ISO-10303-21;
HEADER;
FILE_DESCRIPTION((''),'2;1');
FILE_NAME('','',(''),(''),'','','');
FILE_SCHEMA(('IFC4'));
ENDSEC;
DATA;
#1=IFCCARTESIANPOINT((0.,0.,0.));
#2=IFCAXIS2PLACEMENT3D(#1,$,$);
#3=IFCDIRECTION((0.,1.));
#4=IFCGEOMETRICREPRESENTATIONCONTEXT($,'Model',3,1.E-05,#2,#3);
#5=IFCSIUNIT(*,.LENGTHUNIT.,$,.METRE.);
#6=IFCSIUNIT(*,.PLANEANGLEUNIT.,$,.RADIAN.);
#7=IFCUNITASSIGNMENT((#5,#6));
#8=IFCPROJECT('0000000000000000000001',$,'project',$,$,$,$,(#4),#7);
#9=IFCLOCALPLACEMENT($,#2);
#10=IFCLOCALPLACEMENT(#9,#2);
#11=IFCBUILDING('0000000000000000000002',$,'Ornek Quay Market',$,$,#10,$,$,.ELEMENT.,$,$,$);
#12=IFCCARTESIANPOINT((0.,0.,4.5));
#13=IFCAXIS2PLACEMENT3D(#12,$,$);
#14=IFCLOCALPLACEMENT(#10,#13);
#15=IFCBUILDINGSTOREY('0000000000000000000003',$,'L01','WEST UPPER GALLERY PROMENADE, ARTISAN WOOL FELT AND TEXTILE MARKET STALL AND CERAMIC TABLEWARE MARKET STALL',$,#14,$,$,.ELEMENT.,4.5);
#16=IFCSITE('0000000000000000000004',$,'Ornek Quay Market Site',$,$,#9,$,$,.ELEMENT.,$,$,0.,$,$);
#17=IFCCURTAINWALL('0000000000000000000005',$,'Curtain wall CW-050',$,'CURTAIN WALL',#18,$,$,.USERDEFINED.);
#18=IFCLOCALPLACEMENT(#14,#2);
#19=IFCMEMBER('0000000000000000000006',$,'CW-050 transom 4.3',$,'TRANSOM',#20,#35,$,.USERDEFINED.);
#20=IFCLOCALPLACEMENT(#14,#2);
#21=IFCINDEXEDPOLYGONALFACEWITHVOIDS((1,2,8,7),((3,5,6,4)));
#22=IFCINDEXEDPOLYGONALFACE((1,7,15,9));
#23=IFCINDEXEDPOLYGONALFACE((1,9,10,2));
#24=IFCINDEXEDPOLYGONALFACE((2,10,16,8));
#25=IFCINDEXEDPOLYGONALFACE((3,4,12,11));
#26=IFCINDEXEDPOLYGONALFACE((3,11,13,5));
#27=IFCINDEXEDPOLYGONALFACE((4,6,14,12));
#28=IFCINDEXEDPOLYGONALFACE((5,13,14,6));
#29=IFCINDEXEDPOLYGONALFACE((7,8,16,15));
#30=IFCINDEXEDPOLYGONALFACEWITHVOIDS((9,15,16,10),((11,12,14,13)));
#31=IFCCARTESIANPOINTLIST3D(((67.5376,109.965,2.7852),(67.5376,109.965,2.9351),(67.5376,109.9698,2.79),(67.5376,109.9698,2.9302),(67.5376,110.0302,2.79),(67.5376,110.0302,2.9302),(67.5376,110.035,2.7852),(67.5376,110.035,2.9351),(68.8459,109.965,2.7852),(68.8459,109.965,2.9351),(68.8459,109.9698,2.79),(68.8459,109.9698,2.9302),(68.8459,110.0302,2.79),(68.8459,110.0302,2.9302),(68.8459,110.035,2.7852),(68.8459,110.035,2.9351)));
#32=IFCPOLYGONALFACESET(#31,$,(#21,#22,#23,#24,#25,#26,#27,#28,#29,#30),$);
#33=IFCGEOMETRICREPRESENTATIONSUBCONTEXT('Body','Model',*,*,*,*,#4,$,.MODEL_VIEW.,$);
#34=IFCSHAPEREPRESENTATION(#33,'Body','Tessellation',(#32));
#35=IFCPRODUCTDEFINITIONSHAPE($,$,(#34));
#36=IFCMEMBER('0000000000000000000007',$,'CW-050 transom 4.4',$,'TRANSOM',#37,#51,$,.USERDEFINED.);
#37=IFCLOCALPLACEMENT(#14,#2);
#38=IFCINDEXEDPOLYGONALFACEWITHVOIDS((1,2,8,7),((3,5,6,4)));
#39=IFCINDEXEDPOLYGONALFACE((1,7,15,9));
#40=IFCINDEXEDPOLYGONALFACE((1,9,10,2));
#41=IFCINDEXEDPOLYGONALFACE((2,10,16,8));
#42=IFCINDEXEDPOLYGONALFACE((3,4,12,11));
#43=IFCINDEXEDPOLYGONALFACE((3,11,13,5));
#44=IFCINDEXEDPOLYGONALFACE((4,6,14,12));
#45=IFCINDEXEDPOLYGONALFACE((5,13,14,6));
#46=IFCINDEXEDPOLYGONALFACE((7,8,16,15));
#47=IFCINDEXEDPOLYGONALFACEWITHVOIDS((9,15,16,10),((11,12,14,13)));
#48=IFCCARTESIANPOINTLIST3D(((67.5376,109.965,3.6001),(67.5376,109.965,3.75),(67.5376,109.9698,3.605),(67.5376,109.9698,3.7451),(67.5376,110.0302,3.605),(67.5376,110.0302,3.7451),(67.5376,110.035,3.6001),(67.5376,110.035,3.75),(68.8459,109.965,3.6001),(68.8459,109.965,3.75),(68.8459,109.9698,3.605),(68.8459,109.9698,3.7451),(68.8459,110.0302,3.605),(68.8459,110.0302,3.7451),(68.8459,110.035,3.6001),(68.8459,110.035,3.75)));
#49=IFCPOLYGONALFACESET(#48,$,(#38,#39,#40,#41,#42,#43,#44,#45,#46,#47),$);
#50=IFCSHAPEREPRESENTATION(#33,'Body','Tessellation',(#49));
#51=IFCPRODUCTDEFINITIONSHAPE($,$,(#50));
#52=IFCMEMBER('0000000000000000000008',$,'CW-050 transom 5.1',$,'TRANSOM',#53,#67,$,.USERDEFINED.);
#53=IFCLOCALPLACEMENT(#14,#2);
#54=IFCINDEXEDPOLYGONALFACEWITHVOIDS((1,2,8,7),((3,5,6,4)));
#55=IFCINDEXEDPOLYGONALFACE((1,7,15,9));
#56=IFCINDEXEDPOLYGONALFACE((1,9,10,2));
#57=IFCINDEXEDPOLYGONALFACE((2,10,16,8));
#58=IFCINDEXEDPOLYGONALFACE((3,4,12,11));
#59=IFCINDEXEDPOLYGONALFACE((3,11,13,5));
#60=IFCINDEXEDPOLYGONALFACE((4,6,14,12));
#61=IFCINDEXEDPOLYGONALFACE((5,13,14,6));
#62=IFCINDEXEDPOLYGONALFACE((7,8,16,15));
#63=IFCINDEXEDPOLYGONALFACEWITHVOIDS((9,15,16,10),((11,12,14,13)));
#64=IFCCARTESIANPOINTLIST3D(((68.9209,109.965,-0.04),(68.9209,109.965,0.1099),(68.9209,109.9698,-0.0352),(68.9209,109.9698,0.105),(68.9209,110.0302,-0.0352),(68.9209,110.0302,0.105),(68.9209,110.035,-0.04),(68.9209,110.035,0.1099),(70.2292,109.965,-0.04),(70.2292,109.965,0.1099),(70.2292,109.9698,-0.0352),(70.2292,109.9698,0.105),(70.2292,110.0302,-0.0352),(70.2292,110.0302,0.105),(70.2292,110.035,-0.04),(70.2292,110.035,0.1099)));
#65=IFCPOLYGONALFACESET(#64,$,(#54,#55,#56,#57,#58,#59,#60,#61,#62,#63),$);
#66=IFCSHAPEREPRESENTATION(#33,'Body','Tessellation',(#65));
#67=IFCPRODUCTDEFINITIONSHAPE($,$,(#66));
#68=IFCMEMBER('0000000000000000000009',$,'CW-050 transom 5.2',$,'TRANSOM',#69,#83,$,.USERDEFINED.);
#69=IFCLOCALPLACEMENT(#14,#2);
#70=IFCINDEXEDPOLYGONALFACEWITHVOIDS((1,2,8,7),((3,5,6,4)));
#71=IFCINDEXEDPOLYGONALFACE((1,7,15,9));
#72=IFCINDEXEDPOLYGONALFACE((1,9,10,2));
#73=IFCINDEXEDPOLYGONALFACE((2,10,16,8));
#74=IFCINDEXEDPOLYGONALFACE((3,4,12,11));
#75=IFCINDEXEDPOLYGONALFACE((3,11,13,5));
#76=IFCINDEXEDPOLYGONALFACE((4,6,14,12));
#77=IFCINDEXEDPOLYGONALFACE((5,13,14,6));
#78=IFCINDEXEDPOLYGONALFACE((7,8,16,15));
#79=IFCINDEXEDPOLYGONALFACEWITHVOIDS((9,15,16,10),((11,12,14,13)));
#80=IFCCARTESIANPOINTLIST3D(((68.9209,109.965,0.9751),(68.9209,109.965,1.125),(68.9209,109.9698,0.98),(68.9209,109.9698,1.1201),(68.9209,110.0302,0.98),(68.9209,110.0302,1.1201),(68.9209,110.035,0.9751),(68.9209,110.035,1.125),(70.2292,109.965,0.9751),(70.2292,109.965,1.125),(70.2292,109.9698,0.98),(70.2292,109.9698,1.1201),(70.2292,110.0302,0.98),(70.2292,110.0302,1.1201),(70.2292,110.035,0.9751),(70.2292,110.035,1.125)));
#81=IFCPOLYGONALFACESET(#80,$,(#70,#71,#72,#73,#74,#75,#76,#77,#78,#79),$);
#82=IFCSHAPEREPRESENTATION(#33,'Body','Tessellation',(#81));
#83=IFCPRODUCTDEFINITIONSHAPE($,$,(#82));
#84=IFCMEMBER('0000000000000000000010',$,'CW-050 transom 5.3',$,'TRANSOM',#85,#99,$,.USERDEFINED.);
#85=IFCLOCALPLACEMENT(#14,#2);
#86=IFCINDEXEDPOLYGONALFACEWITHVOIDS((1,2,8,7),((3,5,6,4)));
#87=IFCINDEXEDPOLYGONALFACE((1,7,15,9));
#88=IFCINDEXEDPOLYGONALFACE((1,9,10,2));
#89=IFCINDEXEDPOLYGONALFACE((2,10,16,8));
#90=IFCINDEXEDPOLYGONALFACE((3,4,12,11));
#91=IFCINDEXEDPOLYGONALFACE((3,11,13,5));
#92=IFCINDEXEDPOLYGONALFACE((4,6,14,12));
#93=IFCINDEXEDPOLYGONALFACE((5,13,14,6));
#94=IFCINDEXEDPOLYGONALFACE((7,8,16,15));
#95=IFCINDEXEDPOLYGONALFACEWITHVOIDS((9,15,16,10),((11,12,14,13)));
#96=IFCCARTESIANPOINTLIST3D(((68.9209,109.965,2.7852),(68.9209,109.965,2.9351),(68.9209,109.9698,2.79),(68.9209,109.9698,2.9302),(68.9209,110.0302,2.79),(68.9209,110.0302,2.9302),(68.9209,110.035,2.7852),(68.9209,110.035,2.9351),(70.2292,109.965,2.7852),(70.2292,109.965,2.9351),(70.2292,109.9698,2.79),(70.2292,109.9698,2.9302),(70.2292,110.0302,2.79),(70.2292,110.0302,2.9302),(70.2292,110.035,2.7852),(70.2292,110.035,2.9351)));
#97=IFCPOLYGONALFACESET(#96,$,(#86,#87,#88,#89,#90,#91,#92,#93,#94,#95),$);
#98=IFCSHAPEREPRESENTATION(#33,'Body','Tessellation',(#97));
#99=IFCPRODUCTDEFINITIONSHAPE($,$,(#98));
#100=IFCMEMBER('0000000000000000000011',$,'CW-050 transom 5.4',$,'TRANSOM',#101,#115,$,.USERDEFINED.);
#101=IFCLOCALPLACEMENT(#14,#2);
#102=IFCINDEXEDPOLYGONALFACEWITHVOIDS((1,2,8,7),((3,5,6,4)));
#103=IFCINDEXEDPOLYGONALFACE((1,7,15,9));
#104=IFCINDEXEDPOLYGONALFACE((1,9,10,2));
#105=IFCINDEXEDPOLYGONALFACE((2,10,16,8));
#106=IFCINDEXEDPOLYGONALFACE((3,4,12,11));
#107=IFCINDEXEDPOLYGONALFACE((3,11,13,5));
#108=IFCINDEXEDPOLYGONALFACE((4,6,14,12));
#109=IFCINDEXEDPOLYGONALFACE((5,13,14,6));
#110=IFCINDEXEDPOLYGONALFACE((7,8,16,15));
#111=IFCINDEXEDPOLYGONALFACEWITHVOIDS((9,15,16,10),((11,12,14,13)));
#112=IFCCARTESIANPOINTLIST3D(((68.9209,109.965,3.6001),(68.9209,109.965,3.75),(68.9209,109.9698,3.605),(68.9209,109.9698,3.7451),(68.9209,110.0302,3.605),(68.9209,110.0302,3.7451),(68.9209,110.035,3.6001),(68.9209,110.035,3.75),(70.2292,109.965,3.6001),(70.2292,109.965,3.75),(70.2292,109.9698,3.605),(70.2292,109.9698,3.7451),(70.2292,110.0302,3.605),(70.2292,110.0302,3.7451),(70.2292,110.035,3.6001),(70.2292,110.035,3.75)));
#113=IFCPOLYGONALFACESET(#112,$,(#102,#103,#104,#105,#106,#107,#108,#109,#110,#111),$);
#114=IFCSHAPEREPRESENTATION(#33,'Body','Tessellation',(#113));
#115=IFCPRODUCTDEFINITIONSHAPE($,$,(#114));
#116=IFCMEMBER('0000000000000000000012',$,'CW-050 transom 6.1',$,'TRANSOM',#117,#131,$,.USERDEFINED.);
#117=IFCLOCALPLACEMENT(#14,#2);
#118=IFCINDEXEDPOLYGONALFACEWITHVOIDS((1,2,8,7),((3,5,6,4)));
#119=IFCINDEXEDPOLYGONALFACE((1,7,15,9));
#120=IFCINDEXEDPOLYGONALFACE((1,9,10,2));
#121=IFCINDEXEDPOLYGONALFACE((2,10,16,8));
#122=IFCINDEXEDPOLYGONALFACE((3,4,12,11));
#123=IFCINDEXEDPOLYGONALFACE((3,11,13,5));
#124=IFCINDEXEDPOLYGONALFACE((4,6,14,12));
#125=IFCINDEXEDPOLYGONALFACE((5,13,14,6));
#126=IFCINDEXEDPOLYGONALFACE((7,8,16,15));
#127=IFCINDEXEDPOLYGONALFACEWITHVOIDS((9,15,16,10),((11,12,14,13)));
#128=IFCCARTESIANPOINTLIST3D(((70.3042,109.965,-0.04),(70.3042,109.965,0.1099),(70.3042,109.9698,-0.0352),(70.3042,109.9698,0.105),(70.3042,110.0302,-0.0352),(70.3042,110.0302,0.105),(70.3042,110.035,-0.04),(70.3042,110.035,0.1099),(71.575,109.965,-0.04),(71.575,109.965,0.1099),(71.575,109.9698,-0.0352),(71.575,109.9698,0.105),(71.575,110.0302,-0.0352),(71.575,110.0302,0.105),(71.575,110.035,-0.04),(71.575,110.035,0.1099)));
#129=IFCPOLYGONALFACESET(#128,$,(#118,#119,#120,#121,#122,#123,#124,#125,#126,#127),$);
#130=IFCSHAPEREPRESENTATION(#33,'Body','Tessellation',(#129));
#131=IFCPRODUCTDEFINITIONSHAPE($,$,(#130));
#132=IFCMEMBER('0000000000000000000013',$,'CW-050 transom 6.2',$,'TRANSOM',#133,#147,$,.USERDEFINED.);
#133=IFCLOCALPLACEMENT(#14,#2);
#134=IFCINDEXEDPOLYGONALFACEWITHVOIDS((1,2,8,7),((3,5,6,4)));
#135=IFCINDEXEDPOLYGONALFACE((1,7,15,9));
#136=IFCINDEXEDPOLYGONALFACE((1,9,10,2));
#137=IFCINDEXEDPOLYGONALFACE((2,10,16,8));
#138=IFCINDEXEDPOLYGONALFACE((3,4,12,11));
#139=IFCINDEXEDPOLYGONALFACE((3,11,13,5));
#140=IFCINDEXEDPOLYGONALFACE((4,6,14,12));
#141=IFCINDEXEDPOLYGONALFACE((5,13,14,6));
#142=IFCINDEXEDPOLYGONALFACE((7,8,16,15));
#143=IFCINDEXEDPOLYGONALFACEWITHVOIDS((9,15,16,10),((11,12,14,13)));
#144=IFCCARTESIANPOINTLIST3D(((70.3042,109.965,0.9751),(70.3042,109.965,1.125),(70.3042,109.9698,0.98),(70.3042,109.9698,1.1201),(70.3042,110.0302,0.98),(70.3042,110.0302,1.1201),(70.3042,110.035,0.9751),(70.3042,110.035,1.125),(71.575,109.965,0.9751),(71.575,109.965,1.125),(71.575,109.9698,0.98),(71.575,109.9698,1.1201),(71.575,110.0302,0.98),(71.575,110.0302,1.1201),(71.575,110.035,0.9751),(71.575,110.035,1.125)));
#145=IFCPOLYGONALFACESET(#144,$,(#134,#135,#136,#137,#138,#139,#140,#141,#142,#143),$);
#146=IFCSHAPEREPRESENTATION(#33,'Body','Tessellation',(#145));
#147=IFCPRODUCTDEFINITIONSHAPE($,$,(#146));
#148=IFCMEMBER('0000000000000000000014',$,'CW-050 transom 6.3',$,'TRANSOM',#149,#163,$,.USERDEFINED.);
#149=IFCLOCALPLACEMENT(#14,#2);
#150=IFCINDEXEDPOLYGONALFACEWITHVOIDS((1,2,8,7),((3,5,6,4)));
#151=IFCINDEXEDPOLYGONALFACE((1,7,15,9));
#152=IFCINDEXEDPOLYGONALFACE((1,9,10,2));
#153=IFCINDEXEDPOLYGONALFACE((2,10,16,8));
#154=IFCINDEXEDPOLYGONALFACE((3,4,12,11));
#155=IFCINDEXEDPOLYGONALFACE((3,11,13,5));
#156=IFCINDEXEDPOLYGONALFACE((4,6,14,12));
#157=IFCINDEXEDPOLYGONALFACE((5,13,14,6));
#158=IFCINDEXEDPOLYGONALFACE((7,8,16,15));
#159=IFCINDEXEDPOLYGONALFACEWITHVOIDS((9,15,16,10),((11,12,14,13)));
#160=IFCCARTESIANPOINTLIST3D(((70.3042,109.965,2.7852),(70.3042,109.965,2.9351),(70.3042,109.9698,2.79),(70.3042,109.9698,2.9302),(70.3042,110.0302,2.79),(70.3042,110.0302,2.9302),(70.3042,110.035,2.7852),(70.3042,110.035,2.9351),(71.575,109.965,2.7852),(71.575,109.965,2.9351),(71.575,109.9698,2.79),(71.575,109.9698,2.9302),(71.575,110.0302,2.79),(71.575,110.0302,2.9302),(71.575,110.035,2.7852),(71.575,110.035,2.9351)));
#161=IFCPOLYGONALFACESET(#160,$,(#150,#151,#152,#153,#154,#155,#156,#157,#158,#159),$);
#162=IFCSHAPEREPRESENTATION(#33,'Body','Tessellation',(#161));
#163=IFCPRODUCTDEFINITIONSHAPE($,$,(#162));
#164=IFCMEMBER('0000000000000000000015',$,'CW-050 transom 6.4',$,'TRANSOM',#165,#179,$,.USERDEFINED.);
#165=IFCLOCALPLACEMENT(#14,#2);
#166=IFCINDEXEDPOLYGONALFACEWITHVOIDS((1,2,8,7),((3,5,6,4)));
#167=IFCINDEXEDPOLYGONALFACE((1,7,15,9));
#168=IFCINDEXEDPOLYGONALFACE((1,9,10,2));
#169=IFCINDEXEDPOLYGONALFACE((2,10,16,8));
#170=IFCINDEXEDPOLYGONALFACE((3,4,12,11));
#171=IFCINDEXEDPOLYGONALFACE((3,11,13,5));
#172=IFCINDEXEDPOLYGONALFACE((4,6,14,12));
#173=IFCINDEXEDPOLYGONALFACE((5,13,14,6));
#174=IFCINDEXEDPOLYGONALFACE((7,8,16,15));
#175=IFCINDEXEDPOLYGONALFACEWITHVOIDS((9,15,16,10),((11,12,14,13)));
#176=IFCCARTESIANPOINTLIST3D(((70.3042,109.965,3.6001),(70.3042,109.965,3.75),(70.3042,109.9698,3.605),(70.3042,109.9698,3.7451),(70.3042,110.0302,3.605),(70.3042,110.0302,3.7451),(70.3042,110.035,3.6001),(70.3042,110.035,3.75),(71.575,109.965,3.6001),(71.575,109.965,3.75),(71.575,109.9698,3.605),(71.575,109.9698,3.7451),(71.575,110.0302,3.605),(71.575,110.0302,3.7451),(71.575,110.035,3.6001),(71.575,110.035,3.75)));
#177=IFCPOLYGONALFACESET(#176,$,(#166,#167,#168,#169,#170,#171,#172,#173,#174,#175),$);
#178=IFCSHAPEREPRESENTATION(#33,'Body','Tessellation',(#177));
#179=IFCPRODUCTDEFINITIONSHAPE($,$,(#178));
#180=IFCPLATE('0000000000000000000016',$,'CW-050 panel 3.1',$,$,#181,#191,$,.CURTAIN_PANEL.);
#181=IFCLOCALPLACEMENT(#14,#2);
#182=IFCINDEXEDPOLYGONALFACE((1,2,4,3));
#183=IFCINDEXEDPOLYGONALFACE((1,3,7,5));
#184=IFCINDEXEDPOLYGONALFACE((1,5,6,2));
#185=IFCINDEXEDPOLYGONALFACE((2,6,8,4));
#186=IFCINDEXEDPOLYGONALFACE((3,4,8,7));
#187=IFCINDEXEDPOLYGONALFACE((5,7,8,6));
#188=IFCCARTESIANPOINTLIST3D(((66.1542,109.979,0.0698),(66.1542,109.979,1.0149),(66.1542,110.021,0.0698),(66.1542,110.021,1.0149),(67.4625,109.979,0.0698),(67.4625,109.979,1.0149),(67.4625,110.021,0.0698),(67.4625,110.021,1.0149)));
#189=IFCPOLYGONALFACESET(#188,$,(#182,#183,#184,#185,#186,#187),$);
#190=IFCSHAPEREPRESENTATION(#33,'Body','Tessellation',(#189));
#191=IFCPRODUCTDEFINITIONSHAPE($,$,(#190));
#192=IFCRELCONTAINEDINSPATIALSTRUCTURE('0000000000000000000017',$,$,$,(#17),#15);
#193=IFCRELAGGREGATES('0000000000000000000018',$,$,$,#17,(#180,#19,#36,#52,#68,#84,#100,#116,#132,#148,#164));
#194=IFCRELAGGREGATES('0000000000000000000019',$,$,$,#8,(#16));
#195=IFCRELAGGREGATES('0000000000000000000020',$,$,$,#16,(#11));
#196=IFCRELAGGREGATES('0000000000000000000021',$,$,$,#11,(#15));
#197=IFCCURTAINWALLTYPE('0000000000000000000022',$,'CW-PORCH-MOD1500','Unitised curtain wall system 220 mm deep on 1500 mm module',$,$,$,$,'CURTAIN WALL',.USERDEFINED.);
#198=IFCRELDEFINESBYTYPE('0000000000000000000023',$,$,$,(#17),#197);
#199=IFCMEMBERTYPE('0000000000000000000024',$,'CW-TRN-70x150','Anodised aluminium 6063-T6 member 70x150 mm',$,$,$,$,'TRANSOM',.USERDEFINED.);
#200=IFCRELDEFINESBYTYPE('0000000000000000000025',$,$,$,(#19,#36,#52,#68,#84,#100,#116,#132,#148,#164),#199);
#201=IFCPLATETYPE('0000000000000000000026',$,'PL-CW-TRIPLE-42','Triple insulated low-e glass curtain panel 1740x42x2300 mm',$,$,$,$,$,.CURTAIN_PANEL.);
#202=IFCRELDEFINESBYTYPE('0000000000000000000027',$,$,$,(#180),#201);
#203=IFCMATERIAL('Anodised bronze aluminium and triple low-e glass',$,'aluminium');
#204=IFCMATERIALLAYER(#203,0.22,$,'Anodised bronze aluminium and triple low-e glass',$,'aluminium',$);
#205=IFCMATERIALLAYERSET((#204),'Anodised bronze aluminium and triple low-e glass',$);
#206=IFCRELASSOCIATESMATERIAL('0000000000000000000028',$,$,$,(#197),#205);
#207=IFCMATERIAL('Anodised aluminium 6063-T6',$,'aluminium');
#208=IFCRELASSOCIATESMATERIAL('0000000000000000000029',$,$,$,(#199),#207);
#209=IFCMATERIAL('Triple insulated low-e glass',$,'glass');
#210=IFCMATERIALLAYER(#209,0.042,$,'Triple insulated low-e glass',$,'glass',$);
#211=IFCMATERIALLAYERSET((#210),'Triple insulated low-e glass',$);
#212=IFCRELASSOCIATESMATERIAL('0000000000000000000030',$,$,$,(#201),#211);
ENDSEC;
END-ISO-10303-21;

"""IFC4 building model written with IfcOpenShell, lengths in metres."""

from ifc_helpers import new_model, si_unit, direction, frame, origin, origin_2d, place, context, subcontext, project, spatial, rectangle, hollow_rectangle, extrude, material, layer, layer_set, material_profile, profile_set, type_object, element, aggregate, save


model = new_model("IFC4")

# Units and contexts
model_context = context("Model", 3, precision=1e-05, world=origin(), true_north=direction((0.0, 1.0)))
body_context = subcontext(model_context, "Body", "Model", "MODEL_VIEW")
ifc_project = project(units=[si_unit("LENGTHUNIT", "METRE"), si_unit("PLANEANGLEUNIT", "RADIAN")], contexts=[model_context])

# Site, building, storey
site_placement = place(None, origin())
site = spatial("IfcSite", under=ifc_project, at=site_placement, Name="Ornek Quay Market Site", CompositionType="ELEMENT", RefElevation=0.0)
building_placement = place(site_placement, origin())
building = spatial("IfcBuilding", under=site, at=building_placement, Name="Ornek Quay Market", CompositionType="ELEMENT")
storey_placement = place(building_placement, frame((0.0, 0.0, 4.5)))
storey = spatial("IfcBuildingStorey", under=building, at=storey_placement, Name="L01", Description="WEST UPPER GALLERY PROMENADE, ARTISAN WOOL FELT AND TEXTILE MARKET STALL AND CERAMIC TABLEWARE MARKET STALL", CompositionType="ELEMENT", Elevation=4.5)

# Curtain wall, members, plate
ifc_material_1 = material(Name="Anodised bronze aluminium and triple low-e glass", Category="aluminium")
ifc_layer_1 = layer(ifc_material_1, 0.22, Name="Anodised bronze aluminium and triple low-e glass", Category="aluminium")
ifc_layer_set_1 = layer_set([ifc_layer_1], Name="Anodised bronze aluminium and triple low-e glass")
curtain_wall_type = type_object("IfcCurtainWallType", Name="CW-PORCH-MOD1500", Description="Unitised curtain wall system 220 mm deep on 1500 mm module", ElementType="CURTAIN WALL", PredefinedType="USERDEFINED", material=ifc_layer_set_1)
curtain_wall_placement = place(storey_placement, origin())
curtain_wall = element("IfcCurtainWall", 1, at=curtain_wall_placement, inside=storey, type_object=curtain_wall_type, Name="Curtain wall CW-050", ObjectType="CURTAIN WALL", PredefinedType="USERDEFINED")
ifc_material_2 = material(Name="Anodised aluminium 6063-T6", Category="aluminium")
ifc_material_profile_1 = material_profile(ifc_material_2, hollow_rectangle(XDim=0.0701, YDim=0.1499, WallThickness=0.0049, at=origin_2d()), Name="CW-TRN-70x150", Category="aluminium")
ifc_profile_set_1 = profile_set([ifc_material_profile_1], Name="Anodised aluminium 6063-T6")
member_type_1 = type_object("IfcMemberType", Name="CW-TRN-70x150", Description="Anodised aluminium 6063-T6 member 70x150 mm", ElementType="TRANSOM", PredefinedType="USERDEFINED", material=ifc_profile_set_1)
member_1_placement = place(storey_placement, frame((67.5376, 110.0, 2.8601), z_axis=(1.0, 0.0, 0.0), x_axis=(0.0, 1.0, 0.0)))
member_1 = element("IfcMember", 2, at=member_1_placement, type_object=member_type_1, Name="CW-050 transom 4.3", ObjectType="TRANSOM", PredefinedType="USERDEFINED", context=body_context, shape_type="SweptSolid", body=[
    extrude(hollow_rectangle(XDim=0.0701, YDim=0.1499, WallThickness=0.0049, at=origin_2d()), origin(), (0.0, 0.0, 1.0), 1.3083),
])
member_2_placement = place(storey_placement, frame((67.5376, 110.0, 3.675), z_axis=(1.0, 0.0, 0.0), x_axis=(0.0, 1.0, 0.0)))
member_2 = element("IfcMember", 3, at=member_2_placement, type_object=member_type_1, Name="CW-050 transom 4.4", ObjectType="TRANSOM", PredefinedType="USERDEFINED", context=body_context, shape_type="SweptSolid", body=[
    extrude(hollow_rectangle(XDim=0.0701, YDim=0.1499, WallThickness=0.0049, at=origin_2d()), origin(), (0.0, 0.0, 1.0), 1.3083),
])
member_3_placement = place(storey_placement, frame((68.9209, 110.0, 0.0349), z_axis=(1.0, 0.0, 0.0), x_axis=(0.0, 1.0, 0.0)))
member_3 = element("IfcMember", 4, at=member_3_placement, type_object=member_type_1, Name="CW-050 transom 5.1", ObjectType="TRANSOM", PredefinedType="USERDEFINED", context=body_context, shape_type="SweptSolid", body=[
    extrude(hollow_rectangle(XDim=0.0701, YDim=0.1499, WallThickness=0.0049, at=origin_2d()), origin(), (0.0, 0.0, 1.0), 1.3083),
])
member_4_placement = place(storey_placement, frame((68.9209, 110.0, 1.05), z_axis=(1.0, 0.0, 0.0), x_axis=(0.0, 1.0, 0.0)))
member_4 = element("IfcMember", 5, at=member_4_placement, type_object=member_type_1, Name="CW-050 transom 5.2", ObjectType="TRANSOM", PredefinedType="USERDEFINED", context=body_context, shape_type="SweptSolid", body=[
    extrude(hollow_rectangle(XDim=0.0701, YDim=0.1499, WallThickness=0.0049, at=origin_2d()), origin(), (0.0, 0.0, 1.0), 1.3083),
])
member_5_placement = place(storey_placement, frame((68.9209, 110.0, 2.8601), z_axis=(1.0, 0.0, 0.0), x_axis=(0.0, 1.0, 0.0)))
member_5 = element("IfcMember", 6, at=member_5_placement, type_object=member_type_1, Name="CW-050 transom 5.3", ObjectType="TRANSOM", PredefinedType="USERDEFINED", context=body_context, shape_type="SweptSolid", body=[
    extrude(hollow_rectangle(XDim=0.0701, YDim=0.1499, WallThickness=0.0049, at=origin_2d()), origin(), (0.0, 0.0, 1.0), 1.3083),
])
member_6_placement = place(storey_placement, frame((68.9209, 110.0, 3.675), z_axis=(1.0, 0.0, 0.0), x_axis=(0.0, 1.0, 0.0)))
member_6 = element("IfcMember", 7, at=member_6_placement, type_object=member_type_1, Name="CW-050 transom 5.4", ObjectType="TRANSOM", PredefinedType="USERDEFINED", context=body_context, shape_type="SweptSolid", body=[
    extrude(hollow_rectangle(XDim=0.0701, YDim=0.1499, WallThickness=0.0049, at=origin_2d()), origin(), (0.0, 0.0, 1.0), 1.3083),
])
member_7_placement = place(storey_placement, frame((70.3042, 110.0, 0.0349), z_axis=(1.0, 0.0, 0.0), x_axis=(0.0, 1.0, 0.0)))
member_7 = element("IfcMember", 8, at=member_7_placement, type_object=member_type_1, Name="CW-050 transom 6.1", ObjectType="TRANSOM", PredefinedType="USERDEFINED", context=body_context, shape_type="SweptSolid", body=[
    extrude(hollow_rectangle(XDim=0.0701, YDim=0.1499, WallThickness=0.0049, at=origin_2d()), origin(), (0.0, 0.0, 1.0), 1.2708),
])
member_8_placement = place(storey_placement, frame((70.3042, 110.0, 1.05), z_axis=(1.0, 0.0, 0.0), x_axis=(0.0, 1.0, 0.0)))
member_8 = element("IfcMember", 9, at=member_8_placement, type_object=member_type_1, Name="CW-050 transom 6.2", ObjectType="TRANSOM", PredefinedType="USERDEFINED", context=body_context, shape_type="SweptSolid", body=[
    extrude(hollow_rectangle(XDim=0.0701, YDim=0.1499, WallThickness=0.0049, at=origin_2d()), origin(), (0.0, 0.0, 1.0), 1.2708),
])
member_9_placement = place(storey_placement, frame((70.3042, 110.0, 2.8601), z_axis=(1.0, 0.0, 0.0), x_axis=(0.0, 1.0, 0.0)))
member_9 = element("IfcMember", 10, at=member_9_placement, type_object=member_type_1, Name="CW-050 transom 6.3", ObjectType="TRANSOM", PredefinedType="USERDEFINED", context=body_context, shape_type="SweptSolid", body=[
    extrude(hollow_rectangle(XDim=0.0701, YDim=0.1499, WallThickness=0.0049, at=origin_2d()), origin(), (0.0, 0.0, 1.0), 1.2708),
])
member_10_placement = place(storey_placement, frame((70.3042, 110.0, 3.675), z_axis=(1.0, 0.0, 0.0), x_axis=(0.0, 1.0, 0.0)))
member_10 = element("IfcMember", 11, at=member_10_placement, type_object=member_type_1, Name="CW-050 transom 6.4", ObjectType="TRANSOM", PredefinedType="USERDEFINED", context=body_context, shape_type="SweptSolid", body=[
    extrude(hollow_rectangle(XDim=0.0701, YDim=0.1499, WallThickness=0.0049, at=origin_2d()), origin(), (0.0, 0.0, 1.0), 1.2708),
])
ifc_material_3 = material(Name="Triple insulated low-e glass", Category="glass")
ifc_layer_2 = layer(ifc_material_3, 0.042, Name="Triple insulated low-e glass", Category="glass")
ifc_layer_set_2 = layer_set([ifc_layer_2], Name="Triple insulated low-e glass")
plate_type = type_object("IfcPlateType", Name="PL-CW-TRIPLE-42", Description="Triple insulated low-e glass curtain panel 1740x42x2300 mm", PredefinedType="CURTAIN_PANEL", material=ifc_layer_set_2)
plate_1_placement = place(storey_placement, frame((66.8083, 110.0, 0.0698), z_axis=(0.0, 0.0, 1.0), x_axis=(1.0, 0.0, 0.0)))
plate_1 = element("IfcPlate", 12, at=plate_1_placement, type_object=plate_type, Name="CW-050 panel 3.1", PredefinedType="CURTAIN_PANEL", context=body_context, shape_type="SweptSolid", body=[
    extrude(rectangle(XDim=1.3083, YDim=0.042, at=origin_2d()), origin(), (0.0, 0.0, 1.0), 0.9451),
])
aggregate(curtain_wall, [plate_1, member_1, member_2, member_3, member_4, member_5, member_6, member_7, member_8, member_9, member_10])

save(model, "model.ifc")
